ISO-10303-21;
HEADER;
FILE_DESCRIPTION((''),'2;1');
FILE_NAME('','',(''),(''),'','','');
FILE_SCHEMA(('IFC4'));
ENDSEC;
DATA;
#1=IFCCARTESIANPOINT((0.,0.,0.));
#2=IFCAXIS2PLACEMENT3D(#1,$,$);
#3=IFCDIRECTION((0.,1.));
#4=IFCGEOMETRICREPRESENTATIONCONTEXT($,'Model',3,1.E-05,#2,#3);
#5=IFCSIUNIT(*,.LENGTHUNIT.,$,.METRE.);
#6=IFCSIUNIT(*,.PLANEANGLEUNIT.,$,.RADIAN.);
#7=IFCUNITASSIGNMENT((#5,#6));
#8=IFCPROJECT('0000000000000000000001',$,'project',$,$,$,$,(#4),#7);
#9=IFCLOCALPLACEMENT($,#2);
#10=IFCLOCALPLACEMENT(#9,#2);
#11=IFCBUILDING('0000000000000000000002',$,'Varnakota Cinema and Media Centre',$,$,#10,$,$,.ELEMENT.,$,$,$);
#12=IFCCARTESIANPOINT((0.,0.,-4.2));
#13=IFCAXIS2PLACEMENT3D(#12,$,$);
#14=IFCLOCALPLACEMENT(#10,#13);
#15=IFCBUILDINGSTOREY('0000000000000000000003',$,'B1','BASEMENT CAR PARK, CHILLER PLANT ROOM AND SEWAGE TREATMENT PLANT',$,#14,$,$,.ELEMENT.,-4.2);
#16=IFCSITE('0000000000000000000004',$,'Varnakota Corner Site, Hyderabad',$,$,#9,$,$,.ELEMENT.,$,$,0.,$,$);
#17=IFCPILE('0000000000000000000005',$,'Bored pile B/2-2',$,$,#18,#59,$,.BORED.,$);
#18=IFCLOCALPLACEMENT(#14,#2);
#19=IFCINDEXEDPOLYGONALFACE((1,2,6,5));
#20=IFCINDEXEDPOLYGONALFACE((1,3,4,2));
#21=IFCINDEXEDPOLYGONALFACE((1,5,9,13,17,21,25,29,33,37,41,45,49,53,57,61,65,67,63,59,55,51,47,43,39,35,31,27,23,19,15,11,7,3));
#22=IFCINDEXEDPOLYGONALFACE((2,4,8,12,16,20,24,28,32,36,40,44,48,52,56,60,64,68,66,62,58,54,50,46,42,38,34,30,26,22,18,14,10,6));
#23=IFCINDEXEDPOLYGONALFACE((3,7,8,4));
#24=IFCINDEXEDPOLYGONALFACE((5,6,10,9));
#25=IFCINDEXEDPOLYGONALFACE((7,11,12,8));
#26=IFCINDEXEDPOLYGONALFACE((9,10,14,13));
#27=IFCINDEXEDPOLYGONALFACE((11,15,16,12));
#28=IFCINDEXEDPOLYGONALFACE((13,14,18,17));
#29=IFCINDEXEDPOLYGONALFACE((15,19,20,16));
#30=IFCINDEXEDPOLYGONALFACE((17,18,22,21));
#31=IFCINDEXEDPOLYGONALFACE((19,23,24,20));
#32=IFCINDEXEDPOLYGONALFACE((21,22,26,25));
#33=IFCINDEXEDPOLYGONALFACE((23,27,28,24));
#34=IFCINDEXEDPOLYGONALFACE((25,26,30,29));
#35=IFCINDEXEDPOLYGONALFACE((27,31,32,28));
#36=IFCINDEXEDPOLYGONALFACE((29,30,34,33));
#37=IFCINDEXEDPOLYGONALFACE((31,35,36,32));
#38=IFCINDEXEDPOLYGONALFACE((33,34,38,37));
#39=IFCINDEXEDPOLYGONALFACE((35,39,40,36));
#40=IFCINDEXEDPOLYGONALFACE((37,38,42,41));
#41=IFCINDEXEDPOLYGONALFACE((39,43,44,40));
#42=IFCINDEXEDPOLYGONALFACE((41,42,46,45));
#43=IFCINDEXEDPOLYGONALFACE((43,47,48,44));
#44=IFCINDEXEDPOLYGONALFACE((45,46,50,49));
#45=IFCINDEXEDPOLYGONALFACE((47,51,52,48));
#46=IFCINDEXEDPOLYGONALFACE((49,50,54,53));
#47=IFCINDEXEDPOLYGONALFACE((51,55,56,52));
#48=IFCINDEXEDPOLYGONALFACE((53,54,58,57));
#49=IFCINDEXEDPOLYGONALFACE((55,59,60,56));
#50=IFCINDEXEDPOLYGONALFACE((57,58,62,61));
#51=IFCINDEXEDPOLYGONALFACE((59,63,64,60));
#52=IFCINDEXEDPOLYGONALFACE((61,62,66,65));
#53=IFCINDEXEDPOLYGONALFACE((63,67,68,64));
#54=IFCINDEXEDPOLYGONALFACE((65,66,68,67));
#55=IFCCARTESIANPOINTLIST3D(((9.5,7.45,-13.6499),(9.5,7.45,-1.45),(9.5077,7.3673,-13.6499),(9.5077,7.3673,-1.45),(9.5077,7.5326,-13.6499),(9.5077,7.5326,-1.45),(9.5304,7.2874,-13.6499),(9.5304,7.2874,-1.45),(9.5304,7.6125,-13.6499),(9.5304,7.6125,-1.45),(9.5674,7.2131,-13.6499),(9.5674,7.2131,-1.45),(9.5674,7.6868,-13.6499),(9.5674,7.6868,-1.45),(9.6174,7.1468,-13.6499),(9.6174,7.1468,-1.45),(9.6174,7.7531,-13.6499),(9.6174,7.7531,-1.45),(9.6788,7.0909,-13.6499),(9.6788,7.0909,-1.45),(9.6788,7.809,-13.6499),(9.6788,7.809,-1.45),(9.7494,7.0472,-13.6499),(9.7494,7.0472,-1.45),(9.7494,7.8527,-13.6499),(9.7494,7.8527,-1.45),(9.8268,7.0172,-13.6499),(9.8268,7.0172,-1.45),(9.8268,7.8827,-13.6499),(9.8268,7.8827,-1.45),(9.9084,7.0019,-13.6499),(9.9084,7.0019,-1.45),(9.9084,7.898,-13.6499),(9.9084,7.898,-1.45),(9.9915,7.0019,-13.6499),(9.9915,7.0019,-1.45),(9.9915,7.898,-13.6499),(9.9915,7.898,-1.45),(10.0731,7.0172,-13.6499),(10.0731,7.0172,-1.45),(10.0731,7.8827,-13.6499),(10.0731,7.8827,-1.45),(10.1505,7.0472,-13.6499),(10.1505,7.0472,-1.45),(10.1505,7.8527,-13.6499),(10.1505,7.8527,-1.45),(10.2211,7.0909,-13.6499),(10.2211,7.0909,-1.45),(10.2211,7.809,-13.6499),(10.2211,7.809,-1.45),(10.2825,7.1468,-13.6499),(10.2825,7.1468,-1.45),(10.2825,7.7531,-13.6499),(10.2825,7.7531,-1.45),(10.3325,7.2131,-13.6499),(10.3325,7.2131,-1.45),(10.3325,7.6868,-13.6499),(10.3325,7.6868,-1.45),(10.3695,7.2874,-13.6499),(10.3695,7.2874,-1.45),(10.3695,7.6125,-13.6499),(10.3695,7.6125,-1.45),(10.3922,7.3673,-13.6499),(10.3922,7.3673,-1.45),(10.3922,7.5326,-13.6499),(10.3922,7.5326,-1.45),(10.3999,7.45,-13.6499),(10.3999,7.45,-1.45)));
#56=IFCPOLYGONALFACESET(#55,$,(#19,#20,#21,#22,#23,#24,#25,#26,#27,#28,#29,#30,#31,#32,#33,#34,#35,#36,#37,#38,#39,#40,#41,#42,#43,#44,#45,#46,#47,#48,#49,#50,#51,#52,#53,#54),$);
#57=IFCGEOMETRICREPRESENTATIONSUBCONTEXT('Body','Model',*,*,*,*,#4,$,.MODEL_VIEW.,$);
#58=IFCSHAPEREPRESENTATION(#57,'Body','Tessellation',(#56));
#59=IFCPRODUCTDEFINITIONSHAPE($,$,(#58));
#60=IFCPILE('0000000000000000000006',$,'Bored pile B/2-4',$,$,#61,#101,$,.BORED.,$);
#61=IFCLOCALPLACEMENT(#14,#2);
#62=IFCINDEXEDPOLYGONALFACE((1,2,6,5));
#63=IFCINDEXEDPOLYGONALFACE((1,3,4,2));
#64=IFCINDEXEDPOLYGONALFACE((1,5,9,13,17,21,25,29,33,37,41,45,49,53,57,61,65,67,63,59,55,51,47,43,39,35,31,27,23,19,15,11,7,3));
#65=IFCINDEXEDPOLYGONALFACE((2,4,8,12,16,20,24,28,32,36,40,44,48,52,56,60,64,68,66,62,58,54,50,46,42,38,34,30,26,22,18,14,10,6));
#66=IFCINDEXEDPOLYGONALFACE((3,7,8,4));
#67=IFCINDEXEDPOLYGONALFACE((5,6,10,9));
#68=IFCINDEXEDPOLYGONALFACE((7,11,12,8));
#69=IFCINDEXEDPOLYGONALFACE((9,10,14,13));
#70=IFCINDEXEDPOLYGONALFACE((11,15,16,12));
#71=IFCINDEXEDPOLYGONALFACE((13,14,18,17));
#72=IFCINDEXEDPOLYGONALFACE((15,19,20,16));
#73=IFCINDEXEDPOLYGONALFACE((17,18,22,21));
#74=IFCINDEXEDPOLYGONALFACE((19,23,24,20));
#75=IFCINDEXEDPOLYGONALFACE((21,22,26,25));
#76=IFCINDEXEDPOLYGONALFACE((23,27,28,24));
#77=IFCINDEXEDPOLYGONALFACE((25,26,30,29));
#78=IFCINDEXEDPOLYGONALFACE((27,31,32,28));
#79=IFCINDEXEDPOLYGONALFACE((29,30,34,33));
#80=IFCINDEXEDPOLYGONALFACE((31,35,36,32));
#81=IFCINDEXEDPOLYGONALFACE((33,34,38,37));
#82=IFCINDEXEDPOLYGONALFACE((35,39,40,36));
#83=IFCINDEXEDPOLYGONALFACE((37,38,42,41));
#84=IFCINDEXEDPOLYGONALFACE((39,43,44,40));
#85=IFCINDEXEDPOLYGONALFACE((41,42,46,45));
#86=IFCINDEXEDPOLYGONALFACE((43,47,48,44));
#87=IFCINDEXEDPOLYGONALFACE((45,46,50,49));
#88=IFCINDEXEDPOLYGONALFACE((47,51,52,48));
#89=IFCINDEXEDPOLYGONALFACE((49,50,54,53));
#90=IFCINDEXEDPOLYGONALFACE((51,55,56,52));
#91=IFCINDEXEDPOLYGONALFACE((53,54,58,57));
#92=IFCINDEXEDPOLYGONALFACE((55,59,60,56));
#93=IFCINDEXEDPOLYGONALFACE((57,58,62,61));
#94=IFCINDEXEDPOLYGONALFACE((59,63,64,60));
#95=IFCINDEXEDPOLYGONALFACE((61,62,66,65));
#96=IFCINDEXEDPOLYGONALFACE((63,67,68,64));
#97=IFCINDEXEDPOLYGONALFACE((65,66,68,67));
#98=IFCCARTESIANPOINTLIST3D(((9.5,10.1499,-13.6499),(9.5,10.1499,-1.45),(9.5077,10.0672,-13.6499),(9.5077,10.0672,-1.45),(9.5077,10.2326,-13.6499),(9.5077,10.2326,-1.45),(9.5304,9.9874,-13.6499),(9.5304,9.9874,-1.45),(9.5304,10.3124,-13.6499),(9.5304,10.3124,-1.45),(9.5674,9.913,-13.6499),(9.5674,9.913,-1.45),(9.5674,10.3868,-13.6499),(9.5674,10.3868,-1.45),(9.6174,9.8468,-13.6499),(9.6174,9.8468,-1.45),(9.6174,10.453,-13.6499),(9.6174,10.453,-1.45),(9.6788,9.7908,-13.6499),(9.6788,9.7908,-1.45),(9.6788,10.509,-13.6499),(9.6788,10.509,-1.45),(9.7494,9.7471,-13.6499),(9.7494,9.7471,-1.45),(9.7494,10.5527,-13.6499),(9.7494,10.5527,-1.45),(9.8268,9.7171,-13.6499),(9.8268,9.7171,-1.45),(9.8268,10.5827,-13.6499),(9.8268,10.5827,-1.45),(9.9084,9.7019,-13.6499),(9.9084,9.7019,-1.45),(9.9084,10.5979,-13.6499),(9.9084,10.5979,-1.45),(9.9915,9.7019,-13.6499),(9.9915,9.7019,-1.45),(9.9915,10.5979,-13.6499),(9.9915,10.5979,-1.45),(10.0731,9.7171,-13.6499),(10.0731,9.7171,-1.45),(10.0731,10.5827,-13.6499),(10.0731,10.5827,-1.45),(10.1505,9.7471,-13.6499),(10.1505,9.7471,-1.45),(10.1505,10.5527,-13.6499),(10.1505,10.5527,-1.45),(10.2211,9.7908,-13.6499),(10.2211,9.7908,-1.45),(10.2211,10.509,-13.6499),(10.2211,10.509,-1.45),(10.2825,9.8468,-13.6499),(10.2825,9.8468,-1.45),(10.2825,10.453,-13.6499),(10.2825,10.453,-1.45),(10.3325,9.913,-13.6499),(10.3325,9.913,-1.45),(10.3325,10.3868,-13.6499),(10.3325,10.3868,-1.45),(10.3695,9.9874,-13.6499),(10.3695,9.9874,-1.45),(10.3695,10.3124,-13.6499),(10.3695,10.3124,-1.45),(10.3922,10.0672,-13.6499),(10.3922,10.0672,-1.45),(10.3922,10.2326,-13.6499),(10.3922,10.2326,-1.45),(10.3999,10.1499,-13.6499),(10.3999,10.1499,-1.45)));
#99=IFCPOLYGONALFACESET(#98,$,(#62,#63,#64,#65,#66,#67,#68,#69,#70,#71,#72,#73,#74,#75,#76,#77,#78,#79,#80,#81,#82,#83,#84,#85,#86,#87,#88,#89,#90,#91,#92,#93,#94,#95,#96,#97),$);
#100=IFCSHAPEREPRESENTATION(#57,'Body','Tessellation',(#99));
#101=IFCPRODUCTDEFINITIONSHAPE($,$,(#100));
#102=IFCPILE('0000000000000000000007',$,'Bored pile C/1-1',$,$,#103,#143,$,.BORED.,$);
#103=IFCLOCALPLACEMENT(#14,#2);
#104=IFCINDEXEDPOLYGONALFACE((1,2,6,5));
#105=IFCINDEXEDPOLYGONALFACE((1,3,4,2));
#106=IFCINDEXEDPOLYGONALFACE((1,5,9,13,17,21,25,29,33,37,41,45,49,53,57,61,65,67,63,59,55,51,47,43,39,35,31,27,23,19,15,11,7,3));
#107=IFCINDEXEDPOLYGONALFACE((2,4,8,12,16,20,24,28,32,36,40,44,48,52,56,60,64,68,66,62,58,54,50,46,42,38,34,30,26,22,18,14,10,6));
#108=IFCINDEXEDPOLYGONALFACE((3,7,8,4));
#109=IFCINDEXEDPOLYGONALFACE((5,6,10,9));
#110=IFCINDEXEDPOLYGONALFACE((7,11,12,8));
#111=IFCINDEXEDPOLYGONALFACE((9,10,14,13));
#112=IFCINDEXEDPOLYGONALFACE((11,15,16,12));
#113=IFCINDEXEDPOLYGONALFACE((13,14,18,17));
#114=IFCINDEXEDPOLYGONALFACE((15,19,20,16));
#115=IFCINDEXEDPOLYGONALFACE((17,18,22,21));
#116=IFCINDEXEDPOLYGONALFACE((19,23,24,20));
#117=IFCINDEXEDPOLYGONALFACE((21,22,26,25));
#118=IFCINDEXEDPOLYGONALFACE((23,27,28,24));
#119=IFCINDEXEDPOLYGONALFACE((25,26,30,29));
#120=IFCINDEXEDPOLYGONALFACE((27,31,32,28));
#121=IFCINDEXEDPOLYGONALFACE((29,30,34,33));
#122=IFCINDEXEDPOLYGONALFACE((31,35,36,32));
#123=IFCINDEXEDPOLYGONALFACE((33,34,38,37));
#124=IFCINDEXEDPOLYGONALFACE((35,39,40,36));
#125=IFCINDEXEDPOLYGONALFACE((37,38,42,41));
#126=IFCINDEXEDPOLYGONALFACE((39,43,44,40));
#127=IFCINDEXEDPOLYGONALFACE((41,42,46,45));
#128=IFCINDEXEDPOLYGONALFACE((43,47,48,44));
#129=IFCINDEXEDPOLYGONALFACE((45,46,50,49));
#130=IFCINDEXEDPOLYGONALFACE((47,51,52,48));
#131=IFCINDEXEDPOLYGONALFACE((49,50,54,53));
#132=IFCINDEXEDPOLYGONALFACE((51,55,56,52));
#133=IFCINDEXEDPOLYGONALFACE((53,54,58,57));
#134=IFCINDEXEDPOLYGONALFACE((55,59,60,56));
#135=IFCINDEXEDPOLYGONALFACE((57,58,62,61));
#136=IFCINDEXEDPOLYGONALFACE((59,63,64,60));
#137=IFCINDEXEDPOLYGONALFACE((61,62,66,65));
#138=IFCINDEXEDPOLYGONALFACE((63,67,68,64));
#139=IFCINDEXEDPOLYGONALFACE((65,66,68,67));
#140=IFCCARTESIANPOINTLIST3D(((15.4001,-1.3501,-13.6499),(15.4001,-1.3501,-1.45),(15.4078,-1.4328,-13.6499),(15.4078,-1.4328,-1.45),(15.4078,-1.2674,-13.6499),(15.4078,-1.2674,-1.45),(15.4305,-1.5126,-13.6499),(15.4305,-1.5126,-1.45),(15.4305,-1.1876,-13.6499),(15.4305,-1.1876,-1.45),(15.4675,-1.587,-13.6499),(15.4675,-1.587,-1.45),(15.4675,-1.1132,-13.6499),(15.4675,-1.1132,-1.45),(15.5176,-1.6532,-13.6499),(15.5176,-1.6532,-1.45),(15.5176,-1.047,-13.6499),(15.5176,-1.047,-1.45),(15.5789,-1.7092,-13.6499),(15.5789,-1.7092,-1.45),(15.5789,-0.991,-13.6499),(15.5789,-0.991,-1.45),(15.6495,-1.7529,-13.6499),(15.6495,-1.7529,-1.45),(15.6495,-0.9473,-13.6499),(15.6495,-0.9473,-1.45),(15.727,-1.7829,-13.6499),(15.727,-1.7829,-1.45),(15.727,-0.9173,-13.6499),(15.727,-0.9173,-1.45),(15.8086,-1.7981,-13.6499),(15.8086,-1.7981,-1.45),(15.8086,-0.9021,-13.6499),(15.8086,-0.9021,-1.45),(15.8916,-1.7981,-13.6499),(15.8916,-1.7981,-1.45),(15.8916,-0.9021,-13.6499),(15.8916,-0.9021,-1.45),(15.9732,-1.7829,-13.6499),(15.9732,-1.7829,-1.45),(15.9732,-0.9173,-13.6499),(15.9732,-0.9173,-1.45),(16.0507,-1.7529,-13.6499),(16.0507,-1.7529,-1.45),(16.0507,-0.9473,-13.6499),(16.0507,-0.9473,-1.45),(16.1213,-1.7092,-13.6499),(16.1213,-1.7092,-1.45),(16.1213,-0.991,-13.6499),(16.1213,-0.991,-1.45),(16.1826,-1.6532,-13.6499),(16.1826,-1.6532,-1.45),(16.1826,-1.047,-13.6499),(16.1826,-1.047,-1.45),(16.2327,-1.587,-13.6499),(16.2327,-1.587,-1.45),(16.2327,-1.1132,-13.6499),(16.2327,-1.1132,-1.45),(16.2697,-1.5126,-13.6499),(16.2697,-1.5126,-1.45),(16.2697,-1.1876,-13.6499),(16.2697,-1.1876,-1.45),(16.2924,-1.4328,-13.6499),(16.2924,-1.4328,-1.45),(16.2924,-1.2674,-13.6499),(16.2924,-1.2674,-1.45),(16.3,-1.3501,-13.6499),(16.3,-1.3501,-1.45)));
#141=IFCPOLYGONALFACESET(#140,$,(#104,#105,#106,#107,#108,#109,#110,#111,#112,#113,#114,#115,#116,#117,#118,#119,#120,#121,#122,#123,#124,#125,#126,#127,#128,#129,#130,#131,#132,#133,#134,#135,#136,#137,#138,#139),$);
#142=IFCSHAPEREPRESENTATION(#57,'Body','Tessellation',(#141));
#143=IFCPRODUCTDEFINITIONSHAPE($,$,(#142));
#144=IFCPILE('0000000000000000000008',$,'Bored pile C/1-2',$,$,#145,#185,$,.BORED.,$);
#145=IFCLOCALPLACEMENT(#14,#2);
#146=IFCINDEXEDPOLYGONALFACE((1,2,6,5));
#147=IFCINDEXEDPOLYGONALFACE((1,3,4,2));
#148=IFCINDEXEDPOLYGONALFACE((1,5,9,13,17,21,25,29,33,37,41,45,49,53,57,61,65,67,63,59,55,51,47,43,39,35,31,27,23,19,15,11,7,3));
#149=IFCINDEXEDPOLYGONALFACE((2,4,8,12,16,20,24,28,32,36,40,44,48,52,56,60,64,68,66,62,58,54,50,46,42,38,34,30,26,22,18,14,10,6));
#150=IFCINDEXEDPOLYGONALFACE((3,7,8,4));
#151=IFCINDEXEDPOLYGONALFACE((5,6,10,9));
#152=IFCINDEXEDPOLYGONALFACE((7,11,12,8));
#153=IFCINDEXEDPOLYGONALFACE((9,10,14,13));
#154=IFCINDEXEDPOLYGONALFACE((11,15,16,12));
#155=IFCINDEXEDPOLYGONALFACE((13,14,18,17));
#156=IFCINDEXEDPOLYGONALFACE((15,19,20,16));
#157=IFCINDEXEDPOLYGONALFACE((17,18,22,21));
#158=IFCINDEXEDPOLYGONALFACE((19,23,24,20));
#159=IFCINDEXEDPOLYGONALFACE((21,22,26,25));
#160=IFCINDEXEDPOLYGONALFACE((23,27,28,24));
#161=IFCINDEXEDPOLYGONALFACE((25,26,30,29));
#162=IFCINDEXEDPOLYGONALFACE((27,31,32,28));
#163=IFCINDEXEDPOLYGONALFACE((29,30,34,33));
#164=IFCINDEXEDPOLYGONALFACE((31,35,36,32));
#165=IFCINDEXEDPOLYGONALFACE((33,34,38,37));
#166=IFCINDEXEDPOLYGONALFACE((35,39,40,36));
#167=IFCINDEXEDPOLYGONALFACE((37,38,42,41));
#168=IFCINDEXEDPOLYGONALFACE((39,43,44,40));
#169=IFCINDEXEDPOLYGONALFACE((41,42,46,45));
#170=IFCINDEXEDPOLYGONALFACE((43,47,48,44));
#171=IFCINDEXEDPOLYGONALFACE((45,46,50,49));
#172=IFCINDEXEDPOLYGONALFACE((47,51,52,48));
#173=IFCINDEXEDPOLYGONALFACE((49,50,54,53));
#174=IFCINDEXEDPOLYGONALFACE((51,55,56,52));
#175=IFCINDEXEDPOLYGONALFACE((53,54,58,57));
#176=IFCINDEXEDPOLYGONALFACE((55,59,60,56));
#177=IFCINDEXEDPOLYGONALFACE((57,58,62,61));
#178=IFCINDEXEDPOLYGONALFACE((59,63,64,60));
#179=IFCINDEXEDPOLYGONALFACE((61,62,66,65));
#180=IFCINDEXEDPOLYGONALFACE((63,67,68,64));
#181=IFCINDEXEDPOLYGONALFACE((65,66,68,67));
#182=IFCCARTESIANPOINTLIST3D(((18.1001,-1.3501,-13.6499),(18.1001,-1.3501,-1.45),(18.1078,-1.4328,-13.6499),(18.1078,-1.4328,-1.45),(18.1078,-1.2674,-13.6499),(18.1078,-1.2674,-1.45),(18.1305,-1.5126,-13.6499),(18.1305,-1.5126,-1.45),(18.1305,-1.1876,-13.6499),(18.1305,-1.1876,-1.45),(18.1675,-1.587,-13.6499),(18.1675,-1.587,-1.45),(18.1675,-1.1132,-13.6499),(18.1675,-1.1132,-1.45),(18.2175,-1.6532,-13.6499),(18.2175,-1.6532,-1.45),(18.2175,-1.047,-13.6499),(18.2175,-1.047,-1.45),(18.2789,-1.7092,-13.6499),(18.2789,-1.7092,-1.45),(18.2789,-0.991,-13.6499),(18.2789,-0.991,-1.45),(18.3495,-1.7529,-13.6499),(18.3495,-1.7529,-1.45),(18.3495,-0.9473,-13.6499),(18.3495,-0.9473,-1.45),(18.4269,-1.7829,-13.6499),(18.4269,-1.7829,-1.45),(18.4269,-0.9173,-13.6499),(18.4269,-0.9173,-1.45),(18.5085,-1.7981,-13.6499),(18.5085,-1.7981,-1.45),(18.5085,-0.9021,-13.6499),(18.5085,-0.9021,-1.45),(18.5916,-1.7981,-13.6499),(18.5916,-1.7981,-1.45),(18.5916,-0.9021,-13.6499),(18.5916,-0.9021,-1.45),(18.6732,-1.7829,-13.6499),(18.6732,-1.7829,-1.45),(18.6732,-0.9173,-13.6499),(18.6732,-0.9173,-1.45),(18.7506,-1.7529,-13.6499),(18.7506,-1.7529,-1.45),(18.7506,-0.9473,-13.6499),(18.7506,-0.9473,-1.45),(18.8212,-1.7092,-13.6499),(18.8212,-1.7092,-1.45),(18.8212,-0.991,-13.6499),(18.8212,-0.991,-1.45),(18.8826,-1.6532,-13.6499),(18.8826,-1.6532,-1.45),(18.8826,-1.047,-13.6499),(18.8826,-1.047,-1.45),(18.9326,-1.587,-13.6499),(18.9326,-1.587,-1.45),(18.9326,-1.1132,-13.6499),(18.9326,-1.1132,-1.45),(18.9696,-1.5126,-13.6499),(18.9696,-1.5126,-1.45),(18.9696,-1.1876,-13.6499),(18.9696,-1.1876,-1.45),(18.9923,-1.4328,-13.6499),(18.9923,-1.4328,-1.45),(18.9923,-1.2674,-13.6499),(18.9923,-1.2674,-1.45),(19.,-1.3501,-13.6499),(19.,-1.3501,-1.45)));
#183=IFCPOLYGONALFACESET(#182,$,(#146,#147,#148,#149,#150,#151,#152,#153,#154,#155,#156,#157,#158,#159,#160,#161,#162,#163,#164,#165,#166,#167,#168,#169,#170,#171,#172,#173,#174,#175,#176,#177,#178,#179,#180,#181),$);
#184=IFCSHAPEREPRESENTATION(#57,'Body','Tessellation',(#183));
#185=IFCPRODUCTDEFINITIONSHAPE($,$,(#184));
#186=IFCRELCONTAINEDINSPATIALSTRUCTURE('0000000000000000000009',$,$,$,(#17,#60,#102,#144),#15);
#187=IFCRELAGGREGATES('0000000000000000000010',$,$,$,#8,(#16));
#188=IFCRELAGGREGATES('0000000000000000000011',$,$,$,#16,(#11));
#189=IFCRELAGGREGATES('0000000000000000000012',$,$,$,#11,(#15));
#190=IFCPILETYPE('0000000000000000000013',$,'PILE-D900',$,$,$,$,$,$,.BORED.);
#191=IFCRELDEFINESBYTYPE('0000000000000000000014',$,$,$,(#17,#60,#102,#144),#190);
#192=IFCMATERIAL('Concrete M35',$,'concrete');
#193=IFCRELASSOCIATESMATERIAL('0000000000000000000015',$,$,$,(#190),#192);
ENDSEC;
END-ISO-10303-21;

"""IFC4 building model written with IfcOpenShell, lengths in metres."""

from ifc_helpers import new_model, si_unit, direction, frame, origin, origin_2d, place, context, subcontext, project, spatial, circle, extrude, material, material_profile, profile_set, type_object, element, save


model = new_model("IFC4")

# Units and contexts
model_context = context("Model", 3, precision=1e-05, world=origin(), true_north=direction((0.0, 1.0)))
body_context = subcontext(model_context, "Body", "Model", "MODEL_VIEW")
ifc_project = project(units=[si_unit("LENGTHUNIT", "METRE"), si_unit("PLANEANGLEUNIT", "RADIAN")], contexts=[model_context])

# Site, building, storey
site_placement = place(None, origin())
site = spatial("IfcSite", under=ifc_project, at=site_placement, Name="Varnakota Corner Site, Hyderabad", CompositionType="ELEMENT", RefElevation=0.0)
building_placement = place(site_placement, origin())
building = spatial("IfcBuilding", under=site, at=building_placement, Name="Varnakota Cinema and Media Centre", CompositionType="ELEMENT")
storey_placement = place(building_placement, frame((0.0, 0.0, -4.2)))
storey = spatial("IfcBuildingStorey", under=building, at=storey_placement, Name="B1", Description="BASEMENT CAR PARK, CHILLER PLANT ROOM AND SEWAGE TREATMENT PLANT", CompositionType="ELEMENT", Elevation=-4.2)

# Piles
ifc_material_1 = material(Name="Concrete M35", Category="concrete")
ifc_material_profile_1 = material_profile(ifc_material_1, circle(Radius=0.45, at=origin_2d()), Name="PILE D900")
ifc_profile_set_1 = profile_set([ifc_material_profile_1], Name="Concrete M35")
pile_type_1 = type_object("IfcPileType", Name="PILE-D900", PredefinedType="BORED", material=ifc_profile_set_1)
for number, where, z_axis, x_axis, name in (
    (1, (9.95, 7.45, -1.45), (0.0, 0.0, -1.0), (1.0, 0.0, 0.0), "Bored pile B/2-2"),
    (2, (9.95, 10.1499, -1.45), (0.0, 0.0, -1.0), (1.0, 0.0, 0.0), "Bored pile B/2-4"),
    (3, (15.8501, -1.3501, -1.45), (0.0, 0.0, -1.0), (1.0, 0.0, 0.0), "Bored pile C/1-1"),
    (4, (18.55, -1.3501, -1.45), (0.0, 0.0, -1.0), (1.0, 0.0, 0.0), "Bored pile C/1-2"),
):
    element("IfcPile", number, at=place(storey_placement, frame(where, z_axis=z_axis, x_axis=x_axis)), inside=storey, type_object=pile_type_1, Name=name, PredefinedType="BORED", context=body_context, shape_type="SweptSolid", body=[
        extrude(circle(Radius=0.45, at=origin_2d()), origin(), (0.0, 0.0, 1.0), 12.2),
    ])

save(model, "model.ifc")
